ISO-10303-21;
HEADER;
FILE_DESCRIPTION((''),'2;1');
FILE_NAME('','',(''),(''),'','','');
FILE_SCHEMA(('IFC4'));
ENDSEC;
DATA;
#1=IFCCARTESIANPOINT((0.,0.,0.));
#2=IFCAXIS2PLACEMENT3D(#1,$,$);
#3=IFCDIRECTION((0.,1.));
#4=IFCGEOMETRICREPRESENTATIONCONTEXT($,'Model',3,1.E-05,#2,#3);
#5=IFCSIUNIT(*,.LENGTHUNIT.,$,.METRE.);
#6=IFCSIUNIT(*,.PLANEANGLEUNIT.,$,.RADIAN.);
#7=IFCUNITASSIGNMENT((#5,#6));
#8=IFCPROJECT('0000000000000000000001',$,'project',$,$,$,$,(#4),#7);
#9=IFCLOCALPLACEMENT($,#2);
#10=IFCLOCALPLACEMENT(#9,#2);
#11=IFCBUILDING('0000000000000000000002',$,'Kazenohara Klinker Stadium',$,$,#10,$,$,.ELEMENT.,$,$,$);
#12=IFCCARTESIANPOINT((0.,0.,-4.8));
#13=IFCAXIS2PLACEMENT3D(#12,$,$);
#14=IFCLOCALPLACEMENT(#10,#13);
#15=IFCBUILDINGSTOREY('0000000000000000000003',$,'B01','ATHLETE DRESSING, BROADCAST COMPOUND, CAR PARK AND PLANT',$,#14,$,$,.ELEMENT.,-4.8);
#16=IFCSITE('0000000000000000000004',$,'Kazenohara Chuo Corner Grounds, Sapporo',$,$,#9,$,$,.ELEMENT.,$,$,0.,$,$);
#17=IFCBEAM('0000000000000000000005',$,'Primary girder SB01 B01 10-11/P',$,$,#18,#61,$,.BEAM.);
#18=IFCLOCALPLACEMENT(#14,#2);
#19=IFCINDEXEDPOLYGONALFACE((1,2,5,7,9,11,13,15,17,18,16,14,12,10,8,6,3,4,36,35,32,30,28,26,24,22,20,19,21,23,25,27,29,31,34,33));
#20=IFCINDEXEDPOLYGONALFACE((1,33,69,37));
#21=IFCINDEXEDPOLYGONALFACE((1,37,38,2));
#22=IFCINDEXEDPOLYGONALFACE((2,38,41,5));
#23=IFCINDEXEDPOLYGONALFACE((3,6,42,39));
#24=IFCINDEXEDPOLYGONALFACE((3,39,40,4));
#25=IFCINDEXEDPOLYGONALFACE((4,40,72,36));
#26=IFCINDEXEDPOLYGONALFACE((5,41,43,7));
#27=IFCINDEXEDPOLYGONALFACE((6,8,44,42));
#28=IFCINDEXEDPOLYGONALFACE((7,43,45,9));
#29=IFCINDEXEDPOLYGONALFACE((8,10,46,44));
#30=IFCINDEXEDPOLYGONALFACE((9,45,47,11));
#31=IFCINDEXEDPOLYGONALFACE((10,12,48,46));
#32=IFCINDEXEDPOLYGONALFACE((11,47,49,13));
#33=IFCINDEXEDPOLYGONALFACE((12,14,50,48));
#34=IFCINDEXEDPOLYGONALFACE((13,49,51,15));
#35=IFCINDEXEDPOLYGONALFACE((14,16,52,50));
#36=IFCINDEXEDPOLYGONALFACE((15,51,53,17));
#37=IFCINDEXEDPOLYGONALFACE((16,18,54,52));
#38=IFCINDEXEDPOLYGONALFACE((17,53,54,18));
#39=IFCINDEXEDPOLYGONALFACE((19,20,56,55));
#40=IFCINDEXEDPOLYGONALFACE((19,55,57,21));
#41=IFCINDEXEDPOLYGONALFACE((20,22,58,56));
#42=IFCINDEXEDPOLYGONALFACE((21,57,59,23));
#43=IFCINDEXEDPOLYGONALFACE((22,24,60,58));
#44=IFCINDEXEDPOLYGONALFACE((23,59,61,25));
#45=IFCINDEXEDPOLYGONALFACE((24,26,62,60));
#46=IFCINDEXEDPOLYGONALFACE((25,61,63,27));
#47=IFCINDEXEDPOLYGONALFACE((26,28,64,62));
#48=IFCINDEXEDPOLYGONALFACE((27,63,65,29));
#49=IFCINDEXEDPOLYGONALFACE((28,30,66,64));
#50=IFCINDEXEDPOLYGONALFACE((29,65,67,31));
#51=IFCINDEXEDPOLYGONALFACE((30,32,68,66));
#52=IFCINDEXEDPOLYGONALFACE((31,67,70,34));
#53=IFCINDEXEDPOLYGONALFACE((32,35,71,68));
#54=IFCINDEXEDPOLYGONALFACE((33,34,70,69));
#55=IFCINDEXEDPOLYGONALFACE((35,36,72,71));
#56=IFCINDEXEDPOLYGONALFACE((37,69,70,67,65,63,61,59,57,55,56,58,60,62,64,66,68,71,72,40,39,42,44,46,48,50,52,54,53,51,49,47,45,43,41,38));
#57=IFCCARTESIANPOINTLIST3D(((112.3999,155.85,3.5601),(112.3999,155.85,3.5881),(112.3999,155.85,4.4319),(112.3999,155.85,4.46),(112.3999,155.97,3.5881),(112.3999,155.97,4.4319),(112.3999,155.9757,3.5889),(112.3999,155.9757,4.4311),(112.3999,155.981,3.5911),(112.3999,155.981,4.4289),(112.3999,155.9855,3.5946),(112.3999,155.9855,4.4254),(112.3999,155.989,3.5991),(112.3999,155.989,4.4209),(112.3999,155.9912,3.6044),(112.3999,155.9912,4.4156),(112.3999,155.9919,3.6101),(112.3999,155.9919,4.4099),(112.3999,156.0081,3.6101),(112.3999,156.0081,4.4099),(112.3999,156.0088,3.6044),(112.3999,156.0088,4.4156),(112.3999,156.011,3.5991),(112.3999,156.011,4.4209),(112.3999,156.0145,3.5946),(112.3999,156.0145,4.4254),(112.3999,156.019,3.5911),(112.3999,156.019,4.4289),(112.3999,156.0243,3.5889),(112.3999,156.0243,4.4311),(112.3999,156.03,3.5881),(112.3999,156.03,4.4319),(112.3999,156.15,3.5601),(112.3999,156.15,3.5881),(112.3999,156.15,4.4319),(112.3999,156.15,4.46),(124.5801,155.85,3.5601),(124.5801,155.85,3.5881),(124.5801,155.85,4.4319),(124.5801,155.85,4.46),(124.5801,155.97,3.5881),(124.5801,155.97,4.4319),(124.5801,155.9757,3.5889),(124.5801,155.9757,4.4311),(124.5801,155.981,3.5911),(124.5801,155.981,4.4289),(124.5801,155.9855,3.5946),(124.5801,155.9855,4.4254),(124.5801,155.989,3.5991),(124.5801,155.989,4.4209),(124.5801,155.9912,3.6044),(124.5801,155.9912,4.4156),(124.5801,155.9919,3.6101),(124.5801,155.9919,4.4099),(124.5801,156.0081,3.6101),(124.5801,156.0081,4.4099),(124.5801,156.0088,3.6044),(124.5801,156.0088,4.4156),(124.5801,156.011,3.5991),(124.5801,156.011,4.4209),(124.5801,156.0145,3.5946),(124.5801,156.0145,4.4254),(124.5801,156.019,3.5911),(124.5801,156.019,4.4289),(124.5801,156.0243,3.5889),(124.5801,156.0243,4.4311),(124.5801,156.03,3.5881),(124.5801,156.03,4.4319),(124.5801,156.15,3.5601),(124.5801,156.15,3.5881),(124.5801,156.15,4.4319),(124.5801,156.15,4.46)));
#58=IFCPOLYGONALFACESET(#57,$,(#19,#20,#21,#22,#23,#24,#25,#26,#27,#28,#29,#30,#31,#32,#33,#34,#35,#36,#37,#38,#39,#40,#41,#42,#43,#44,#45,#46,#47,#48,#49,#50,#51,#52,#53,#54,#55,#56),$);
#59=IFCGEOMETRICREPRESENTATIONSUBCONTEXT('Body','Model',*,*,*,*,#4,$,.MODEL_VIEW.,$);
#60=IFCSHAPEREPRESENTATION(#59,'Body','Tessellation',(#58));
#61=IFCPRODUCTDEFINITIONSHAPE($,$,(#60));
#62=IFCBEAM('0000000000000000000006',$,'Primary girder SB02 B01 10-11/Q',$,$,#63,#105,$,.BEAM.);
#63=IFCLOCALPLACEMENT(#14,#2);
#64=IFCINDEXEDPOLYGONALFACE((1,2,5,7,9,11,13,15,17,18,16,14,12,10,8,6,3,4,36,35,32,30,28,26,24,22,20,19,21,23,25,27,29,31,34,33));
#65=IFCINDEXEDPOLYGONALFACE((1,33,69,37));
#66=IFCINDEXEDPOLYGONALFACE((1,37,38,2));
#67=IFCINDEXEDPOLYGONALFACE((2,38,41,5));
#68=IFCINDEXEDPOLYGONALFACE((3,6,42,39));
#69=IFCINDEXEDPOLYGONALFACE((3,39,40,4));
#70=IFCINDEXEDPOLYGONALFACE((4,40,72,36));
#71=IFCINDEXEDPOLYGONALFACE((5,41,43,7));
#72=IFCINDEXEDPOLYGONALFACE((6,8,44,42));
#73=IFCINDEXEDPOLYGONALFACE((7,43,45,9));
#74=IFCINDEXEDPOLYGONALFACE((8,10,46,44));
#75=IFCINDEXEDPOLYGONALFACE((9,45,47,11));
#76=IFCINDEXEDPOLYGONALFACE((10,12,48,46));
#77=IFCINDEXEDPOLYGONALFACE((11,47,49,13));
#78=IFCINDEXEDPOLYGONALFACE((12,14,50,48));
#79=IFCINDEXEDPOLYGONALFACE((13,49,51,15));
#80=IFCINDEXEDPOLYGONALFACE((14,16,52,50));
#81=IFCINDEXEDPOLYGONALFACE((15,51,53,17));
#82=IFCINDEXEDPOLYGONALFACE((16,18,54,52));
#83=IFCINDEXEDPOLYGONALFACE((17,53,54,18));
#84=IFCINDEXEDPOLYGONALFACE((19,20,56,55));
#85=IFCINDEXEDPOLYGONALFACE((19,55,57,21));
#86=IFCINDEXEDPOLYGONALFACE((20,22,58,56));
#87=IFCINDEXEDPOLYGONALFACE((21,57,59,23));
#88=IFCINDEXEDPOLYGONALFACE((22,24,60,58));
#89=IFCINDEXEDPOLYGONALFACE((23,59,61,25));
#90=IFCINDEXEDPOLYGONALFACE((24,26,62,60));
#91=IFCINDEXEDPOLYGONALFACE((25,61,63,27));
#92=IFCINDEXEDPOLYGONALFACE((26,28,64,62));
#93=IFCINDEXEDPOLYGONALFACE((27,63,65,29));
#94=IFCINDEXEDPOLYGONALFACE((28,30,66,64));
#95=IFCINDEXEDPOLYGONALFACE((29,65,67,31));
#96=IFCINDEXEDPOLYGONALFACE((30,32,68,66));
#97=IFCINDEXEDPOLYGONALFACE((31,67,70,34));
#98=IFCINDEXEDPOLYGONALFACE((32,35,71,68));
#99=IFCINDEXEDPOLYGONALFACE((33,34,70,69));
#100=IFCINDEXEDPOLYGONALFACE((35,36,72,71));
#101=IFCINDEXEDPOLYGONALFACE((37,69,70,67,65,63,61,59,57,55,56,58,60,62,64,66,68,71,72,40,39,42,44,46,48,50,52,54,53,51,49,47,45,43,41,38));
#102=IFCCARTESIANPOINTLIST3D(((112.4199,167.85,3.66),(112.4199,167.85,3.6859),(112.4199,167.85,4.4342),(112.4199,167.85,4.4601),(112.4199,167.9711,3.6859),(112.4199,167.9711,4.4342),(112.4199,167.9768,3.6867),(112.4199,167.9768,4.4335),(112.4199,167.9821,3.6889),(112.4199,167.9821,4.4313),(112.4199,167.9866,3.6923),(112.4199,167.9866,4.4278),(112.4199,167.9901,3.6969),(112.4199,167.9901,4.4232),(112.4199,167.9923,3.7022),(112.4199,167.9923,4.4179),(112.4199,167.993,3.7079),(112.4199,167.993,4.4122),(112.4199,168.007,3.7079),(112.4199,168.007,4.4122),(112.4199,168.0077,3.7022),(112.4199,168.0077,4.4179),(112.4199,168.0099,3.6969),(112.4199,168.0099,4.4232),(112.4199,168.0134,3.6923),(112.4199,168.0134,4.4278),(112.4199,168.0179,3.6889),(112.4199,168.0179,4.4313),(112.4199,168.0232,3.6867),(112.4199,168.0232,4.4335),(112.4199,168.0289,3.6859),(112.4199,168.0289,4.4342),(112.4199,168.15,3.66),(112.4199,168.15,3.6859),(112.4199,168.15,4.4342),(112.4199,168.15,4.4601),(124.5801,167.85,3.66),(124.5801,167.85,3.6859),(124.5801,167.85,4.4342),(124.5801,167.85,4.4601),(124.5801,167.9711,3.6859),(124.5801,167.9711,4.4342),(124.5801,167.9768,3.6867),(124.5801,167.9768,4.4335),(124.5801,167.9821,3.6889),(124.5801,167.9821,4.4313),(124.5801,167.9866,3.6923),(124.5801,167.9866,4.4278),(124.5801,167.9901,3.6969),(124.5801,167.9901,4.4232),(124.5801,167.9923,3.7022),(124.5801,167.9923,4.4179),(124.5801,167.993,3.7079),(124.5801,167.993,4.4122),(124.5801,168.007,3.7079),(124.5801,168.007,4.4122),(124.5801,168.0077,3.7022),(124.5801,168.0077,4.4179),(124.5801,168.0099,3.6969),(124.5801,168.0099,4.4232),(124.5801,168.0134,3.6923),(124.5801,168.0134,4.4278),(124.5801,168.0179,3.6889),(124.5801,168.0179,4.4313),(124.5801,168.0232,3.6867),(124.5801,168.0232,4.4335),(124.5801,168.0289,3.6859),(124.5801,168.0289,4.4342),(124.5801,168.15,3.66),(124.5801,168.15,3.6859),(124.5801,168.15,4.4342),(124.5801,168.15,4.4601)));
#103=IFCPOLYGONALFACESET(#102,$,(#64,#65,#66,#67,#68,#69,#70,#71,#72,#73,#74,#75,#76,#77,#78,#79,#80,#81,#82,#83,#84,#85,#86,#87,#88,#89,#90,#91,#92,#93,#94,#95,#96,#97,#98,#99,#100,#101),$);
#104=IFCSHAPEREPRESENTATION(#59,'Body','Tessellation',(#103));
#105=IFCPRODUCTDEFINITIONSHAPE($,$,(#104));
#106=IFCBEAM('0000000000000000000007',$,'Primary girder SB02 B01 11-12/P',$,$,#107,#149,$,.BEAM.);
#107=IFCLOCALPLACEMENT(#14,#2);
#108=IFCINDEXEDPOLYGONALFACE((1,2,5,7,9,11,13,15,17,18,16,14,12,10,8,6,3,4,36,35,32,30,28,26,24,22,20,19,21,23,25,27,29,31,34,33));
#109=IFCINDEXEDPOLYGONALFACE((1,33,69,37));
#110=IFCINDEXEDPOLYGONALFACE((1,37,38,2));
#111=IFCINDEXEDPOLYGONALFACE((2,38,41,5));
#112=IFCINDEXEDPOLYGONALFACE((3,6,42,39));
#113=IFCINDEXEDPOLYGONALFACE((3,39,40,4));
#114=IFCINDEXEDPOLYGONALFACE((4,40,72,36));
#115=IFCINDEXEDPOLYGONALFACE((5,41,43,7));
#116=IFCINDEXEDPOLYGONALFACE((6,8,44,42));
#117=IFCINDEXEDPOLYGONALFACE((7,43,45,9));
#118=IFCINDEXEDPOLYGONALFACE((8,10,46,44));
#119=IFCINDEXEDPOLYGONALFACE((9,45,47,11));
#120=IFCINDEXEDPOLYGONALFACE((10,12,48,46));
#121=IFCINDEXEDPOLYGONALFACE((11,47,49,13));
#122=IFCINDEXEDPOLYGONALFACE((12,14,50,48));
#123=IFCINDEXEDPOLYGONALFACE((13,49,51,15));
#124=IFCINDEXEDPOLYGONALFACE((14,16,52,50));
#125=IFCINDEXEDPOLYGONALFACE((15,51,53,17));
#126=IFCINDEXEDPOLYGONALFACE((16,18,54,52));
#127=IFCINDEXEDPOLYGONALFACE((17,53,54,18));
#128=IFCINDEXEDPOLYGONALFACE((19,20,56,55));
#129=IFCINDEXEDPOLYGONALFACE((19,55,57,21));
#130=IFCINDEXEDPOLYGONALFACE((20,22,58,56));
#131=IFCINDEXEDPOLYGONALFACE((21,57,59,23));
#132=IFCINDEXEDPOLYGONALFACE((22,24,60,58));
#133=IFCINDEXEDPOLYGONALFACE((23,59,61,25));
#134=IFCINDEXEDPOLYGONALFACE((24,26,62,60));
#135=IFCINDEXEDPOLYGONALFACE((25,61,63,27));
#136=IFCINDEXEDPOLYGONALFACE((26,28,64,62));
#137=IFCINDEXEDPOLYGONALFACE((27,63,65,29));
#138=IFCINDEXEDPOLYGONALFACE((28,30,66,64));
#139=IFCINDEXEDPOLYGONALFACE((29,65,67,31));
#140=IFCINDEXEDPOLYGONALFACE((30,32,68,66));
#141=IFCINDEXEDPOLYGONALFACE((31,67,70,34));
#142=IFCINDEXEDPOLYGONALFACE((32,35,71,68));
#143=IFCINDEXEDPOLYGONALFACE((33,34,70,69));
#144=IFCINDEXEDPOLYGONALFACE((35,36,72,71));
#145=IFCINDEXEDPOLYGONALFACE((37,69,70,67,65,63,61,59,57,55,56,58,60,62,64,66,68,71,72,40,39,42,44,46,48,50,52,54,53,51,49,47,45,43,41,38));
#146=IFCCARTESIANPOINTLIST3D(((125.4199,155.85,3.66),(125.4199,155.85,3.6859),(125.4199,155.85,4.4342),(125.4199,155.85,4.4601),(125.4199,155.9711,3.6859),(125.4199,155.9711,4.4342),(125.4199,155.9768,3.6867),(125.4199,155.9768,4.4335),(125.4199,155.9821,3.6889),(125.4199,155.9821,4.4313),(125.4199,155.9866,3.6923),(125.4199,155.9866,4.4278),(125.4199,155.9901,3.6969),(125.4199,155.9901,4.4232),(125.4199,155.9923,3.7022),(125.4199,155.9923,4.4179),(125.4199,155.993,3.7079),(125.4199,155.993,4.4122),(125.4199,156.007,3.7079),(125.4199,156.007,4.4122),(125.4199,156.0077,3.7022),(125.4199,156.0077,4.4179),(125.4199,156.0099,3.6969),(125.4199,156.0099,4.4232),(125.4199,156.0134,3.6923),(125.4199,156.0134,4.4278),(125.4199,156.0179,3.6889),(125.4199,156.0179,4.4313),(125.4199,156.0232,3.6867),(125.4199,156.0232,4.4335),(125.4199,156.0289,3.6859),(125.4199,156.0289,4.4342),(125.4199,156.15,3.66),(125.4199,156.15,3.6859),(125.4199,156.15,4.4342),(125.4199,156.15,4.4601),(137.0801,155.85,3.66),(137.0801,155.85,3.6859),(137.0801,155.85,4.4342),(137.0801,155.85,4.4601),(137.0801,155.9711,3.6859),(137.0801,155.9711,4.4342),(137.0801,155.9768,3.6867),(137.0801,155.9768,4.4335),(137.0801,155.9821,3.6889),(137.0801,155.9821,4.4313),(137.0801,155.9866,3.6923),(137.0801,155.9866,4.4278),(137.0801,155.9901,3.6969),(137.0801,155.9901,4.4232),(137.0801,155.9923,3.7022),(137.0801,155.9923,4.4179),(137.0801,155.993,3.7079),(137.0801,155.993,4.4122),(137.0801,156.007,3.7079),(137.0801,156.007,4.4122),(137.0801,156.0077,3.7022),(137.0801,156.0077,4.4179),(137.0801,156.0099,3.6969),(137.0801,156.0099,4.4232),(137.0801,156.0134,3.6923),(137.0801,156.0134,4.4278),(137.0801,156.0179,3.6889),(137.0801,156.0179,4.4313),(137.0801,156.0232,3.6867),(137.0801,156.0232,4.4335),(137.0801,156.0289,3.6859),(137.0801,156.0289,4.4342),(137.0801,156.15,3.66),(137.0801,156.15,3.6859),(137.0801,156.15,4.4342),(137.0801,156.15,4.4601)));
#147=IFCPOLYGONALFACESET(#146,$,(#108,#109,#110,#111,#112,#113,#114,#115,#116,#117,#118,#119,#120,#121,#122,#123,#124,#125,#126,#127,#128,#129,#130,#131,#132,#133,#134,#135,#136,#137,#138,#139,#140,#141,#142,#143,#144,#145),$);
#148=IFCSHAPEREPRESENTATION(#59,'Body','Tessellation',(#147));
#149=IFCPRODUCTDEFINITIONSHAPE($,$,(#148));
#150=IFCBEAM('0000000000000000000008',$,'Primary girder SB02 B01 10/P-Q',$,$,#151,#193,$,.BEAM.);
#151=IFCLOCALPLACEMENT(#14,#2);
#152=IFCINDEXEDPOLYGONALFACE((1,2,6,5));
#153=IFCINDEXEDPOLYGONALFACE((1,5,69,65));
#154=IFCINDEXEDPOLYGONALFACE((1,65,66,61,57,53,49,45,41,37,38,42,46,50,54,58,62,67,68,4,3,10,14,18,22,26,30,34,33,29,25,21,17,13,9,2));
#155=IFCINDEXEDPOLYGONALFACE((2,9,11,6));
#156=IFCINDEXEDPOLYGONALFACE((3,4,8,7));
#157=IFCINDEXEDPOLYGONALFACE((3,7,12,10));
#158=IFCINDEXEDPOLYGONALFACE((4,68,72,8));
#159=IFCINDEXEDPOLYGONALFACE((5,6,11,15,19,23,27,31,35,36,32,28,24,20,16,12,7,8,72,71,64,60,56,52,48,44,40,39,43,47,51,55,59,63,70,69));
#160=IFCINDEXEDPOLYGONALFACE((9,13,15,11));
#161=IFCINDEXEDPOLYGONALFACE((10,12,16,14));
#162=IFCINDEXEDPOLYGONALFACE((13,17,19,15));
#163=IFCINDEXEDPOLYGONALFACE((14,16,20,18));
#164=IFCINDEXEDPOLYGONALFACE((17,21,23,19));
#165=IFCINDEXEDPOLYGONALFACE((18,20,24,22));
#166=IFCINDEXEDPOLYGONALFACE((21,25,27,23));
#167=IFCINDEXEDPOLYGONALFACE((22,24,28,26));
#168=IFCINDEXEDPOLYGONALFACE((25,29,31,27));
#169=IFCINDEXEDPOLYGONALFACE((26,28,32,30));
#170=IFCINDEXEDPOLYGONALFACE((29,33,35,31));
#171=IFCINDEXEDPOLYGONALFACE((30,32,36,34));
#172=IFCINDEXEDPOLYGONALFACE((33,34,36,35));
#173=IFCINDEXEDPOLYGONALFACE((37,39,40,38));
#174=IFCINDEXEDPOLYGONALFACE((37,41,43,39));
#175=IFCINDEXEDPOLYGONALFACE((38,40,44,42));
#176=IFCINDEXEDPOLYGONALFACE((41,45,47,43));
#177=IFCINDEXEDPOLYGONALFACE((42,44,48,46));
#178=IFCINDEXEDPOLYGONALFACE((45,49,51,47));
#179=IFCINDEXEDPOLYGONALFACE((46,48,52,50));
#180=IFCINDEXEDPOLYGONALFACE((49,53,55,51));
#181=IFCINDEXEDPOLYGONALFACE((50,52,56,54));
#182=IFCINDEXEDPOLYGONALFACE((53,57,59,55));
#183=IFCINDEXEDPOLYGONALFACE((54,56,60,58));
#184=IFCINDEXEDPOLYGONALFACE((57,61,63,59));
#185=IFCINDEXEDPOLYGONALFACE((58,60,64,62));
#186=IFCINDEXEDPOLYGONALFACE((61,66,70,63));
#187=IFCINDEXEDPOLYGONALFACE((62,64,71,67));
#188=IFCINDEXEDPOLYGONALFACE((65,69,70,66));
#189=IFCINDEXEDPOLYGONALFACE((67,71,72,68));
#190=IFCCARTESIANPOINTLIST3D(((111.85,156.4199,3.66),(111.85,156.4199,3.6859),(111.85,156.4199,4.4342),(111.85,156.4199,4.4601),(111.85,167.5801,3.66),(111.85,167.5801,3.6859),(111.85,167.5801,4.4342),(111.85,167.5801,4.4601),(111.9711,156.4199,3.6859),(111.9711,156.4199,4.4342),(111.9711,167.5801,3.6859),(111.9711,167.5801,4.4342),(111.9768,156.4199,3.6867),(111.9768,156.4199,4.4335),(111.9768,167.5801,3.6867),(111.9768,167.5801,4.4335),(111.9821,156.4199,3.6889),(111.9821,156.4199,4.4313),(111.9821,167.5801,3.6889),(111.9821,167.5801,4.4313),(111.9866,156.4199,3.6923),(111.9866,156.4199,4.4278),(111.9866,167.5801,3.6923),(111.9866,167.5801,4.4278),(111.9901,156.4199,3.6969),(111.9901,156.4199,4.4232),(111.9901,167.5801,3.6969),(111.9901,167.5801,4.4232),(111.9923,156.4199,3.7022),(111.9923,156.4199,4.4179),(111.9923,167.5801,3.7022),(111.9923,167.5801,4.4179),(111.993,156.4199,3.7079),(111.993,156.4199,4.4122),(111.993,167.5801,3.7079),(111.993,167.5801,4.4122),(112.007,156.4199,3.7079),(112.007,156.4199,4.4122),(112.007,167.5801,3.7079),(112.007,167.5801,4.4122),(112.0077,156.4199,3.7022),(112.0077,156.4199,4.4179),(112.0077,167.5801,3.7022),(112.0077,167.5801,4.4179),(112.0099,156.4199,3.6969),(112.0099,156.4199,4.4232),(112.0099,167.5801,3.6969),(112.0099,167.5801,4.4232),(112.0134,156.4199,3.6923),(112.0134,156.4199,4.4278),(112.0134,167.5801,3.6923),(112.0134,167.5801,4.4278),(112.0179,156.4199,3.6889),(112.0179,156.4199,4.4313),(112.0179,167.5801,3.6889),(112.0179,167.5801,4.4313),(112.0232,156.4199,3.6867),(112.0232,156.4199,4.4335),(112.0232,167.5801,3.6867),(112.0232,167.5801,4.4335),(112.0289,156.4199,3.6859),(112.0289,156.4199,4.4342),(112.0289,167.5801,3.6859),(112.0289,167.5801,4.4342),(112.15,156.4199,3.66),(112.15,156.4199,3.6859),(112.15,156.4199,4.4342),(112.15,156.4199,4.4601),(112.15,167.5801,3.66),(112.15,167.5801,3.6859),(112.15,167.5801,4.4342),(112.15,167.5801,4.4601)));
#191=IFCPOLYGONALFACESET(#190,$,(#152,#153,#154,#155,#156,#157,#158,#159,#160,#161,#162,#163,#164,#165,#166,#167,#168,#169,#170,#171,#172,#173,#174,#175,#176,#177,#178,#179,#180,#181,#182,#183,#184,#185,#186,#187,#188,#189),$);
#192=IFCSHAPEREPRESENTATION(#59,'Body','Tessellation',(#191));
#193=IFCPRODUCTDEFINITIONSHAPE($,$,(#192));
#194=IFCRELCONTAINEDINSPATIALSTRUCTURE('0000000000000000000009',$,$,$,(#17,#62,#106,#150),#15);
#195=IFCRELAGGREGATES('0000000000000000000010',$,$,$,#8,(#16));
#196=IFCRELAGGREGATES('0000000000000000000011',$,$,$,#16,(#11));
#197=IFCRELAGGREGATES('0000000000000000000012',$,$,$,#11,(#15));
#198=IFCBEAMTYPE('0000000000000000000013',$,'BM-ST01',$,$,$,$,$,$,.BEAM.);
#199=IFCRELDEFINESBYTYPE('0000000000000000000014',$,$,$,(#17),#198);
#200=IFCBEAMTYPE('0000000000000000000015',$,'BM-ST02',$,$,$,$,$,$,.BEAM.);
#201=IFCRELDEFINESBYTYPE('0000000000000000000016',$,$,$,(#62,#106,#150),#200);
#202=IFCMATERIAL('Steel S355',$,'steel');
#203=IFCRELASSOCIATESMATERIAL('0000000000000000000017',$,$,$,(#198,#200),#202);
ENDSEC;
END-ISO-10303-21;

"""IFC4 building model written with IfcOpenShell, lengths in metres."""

from ifc_helpers import new_model, si_unit, direction, frame, origin, origin_2d, place, context, subcontext, project, spatial, i_section, extrude, material, material_profile, profile_set, type_object, element, save


model = new_model("IFC4")

# Units and contexts
model_context = context("Model", 3, precision=1e-05, world=origin(), true_north=direction((0.0, 1.0)))
body_context = subcontext(model_context, "Body", "Model", "MODEL_VIEW")
ifc_project = project(units=[si_unit("LENGTHUNIT", "METRE"), si_unit("PLANEANGLEUNIT", "RADIAN")], contexts=[model_context])

# Site, building, storey
site_placement = place(None, origin())
site = spatial("IfcSite", under=ifc_project, at=site_placement, Name="Kazenohara Chuo Corner Grounds, Sapporo", CompositionType="ELEMENT", RefElevation=0.0)
building_placement = place(site_placement, origin())
building = spatial("IfcBuilding", under=site, at=building_placement, Name="Kazenohara Klinker Stadium", CompositionType="ELEMENT")
storey_placement = place(building_placement, frame((0.0, 0.0, -4.8)))
storey = spatial("IfcBuildingStorey", under=building, at=storey_placement, Name="B01", Description="ATHLETE DRESSING, BROADCAST COMPOUND, CAR PARK AND PLANT", CompositionType="ELEMENT", Elevation=-4.8)

# Beams
ifc_material_1 = material(Name="Steel S355", Category="steel")
ifc_material_profile_1 = material_profile(ifc_material_1, i_section(OverallWidth=0.3, OverallDepth=0.8999, WebThickness=0.0161, FlangeThickness=0.0281, FilletRadius=0.022, at=origin_2d()), Name="H-900x300x16x28")
ifc_profile_set_1 = profile_set([ifc_material_profile_1], Name="Steel S355")
beam_type_1 = type_object("IfcBeamType", Name="BM-ST01", PredefinedType="BEAM", material=ifc_profile_set_1)
beam_1_placement = place(storey_placement, frame((112.3999, 156.0, 4.01), z_axis=(1.0, 0.0, 0.0), x_axis=(0.0, 1.0, 0.0)))
element("IfcBeam", 1, at=beam_1_placement, inside=storey, type_object=beam_type_1, Name="Primary girder SB01 B01 10-11/P", PredefinedType="BEAM", context=body_context, shape_type="SweptSolid", body=[
    extrude(i_section(OverallWidth=0.3, OverallDepth=0.8999, WebThickness=0.0161, FlangeThickness=0.0281, FilletRadius=0.022, at=origin_2d()), origin(), (0.0, 0.0, 1.0), 12.1802),
])
ifc_material_profile_2 = material_profile(ifc_material_1, i_section(OverallWidth=0.3, OverallDepth=0.8, WebThickness=0.0139, FlangeThickness=0.0259, FilletRadius=0.022, at=origin_2d()), Name="H-800x300x14x26")
ifc_profile_set_2 = profile_set([ifc_material_profile_2], Name="Steel S355")
beam_type_2 = type_object("IfcBeamType", Name="BM-ST02", PredefinedType="BEAM", material=ifc_profile_set_2)
beam_2_placement = place(storey_placement, frame((112.4199, 168.0, 4.0601), z_axis=(1.0, 0.0, 0.0), x_axis=(0.0, 1.0, 0.0)))
element("IfcBeam", 2, at=beam_2_placement, inside=storey, type_object=beam_type_2, Name="Primary girder SB02 B01 10-11/Q", PredefinedType="BEAM", context=body_context, shape_type="SweptSolid", body=[
    extrude(i_section(OverallWidth=0.3, OverallDepth=0.8, WebThickness=0.0139, FlangeThickness=0.0259, FilletRadius=0.022, at=origin_2d()), origin(), (0.0, 0.0, 1.0), 12.1602),
])
beam_3_placement = place(storey_placement, frame((125.4199, 156.0, 4.0601), z_axis=(1.0, 0.0, 0.0), x_axis=(0.0, 1.0, 0.0)))
element("IfcBeam", 3, at=beam_3_placement, inside=storey, type_object=beam_type_2, Name="Primary girder SB02 B01 11-12/P", PredefinedType="BEAM", context=body_context, shape_type="SweptSolid", body=[
    extrude(i_section(OverallWidth=0.3, OverallDepth=0.8, WebThickness=0.0139, FlangeThickness=0.0259, FilletRadius=0.022, at=origin_2d()), origin(), (0.0, 0.0, 1.0), 11.6602),
])
beam_4_placement = place(storey_placement, frame((112.0, 156.4199, 4.0601), z_axis=(0.0, 1.0, 0.0), x_axis=(-1.0, 0.0, 0.0)))
element("IfcBeam", 4, at=beam_4_placement, inside=storey, type_object=beam_type_2, Name="Primary girder SB02 B01 10/P-Q", PredefinedType="BEAM", context=body_context, shape_type="SweptSolid", body=[
    extrude(i_section(OverallWidth=0.3, OverallDepth=0.8, WebThickness=0.0139, FlangeThickness=0.0259, FilletRadius=0.022, at=origin_2d()), origin(), (0.0, 0.0, 1.0), 11.1602),
])

save(model, "model.ifc")
